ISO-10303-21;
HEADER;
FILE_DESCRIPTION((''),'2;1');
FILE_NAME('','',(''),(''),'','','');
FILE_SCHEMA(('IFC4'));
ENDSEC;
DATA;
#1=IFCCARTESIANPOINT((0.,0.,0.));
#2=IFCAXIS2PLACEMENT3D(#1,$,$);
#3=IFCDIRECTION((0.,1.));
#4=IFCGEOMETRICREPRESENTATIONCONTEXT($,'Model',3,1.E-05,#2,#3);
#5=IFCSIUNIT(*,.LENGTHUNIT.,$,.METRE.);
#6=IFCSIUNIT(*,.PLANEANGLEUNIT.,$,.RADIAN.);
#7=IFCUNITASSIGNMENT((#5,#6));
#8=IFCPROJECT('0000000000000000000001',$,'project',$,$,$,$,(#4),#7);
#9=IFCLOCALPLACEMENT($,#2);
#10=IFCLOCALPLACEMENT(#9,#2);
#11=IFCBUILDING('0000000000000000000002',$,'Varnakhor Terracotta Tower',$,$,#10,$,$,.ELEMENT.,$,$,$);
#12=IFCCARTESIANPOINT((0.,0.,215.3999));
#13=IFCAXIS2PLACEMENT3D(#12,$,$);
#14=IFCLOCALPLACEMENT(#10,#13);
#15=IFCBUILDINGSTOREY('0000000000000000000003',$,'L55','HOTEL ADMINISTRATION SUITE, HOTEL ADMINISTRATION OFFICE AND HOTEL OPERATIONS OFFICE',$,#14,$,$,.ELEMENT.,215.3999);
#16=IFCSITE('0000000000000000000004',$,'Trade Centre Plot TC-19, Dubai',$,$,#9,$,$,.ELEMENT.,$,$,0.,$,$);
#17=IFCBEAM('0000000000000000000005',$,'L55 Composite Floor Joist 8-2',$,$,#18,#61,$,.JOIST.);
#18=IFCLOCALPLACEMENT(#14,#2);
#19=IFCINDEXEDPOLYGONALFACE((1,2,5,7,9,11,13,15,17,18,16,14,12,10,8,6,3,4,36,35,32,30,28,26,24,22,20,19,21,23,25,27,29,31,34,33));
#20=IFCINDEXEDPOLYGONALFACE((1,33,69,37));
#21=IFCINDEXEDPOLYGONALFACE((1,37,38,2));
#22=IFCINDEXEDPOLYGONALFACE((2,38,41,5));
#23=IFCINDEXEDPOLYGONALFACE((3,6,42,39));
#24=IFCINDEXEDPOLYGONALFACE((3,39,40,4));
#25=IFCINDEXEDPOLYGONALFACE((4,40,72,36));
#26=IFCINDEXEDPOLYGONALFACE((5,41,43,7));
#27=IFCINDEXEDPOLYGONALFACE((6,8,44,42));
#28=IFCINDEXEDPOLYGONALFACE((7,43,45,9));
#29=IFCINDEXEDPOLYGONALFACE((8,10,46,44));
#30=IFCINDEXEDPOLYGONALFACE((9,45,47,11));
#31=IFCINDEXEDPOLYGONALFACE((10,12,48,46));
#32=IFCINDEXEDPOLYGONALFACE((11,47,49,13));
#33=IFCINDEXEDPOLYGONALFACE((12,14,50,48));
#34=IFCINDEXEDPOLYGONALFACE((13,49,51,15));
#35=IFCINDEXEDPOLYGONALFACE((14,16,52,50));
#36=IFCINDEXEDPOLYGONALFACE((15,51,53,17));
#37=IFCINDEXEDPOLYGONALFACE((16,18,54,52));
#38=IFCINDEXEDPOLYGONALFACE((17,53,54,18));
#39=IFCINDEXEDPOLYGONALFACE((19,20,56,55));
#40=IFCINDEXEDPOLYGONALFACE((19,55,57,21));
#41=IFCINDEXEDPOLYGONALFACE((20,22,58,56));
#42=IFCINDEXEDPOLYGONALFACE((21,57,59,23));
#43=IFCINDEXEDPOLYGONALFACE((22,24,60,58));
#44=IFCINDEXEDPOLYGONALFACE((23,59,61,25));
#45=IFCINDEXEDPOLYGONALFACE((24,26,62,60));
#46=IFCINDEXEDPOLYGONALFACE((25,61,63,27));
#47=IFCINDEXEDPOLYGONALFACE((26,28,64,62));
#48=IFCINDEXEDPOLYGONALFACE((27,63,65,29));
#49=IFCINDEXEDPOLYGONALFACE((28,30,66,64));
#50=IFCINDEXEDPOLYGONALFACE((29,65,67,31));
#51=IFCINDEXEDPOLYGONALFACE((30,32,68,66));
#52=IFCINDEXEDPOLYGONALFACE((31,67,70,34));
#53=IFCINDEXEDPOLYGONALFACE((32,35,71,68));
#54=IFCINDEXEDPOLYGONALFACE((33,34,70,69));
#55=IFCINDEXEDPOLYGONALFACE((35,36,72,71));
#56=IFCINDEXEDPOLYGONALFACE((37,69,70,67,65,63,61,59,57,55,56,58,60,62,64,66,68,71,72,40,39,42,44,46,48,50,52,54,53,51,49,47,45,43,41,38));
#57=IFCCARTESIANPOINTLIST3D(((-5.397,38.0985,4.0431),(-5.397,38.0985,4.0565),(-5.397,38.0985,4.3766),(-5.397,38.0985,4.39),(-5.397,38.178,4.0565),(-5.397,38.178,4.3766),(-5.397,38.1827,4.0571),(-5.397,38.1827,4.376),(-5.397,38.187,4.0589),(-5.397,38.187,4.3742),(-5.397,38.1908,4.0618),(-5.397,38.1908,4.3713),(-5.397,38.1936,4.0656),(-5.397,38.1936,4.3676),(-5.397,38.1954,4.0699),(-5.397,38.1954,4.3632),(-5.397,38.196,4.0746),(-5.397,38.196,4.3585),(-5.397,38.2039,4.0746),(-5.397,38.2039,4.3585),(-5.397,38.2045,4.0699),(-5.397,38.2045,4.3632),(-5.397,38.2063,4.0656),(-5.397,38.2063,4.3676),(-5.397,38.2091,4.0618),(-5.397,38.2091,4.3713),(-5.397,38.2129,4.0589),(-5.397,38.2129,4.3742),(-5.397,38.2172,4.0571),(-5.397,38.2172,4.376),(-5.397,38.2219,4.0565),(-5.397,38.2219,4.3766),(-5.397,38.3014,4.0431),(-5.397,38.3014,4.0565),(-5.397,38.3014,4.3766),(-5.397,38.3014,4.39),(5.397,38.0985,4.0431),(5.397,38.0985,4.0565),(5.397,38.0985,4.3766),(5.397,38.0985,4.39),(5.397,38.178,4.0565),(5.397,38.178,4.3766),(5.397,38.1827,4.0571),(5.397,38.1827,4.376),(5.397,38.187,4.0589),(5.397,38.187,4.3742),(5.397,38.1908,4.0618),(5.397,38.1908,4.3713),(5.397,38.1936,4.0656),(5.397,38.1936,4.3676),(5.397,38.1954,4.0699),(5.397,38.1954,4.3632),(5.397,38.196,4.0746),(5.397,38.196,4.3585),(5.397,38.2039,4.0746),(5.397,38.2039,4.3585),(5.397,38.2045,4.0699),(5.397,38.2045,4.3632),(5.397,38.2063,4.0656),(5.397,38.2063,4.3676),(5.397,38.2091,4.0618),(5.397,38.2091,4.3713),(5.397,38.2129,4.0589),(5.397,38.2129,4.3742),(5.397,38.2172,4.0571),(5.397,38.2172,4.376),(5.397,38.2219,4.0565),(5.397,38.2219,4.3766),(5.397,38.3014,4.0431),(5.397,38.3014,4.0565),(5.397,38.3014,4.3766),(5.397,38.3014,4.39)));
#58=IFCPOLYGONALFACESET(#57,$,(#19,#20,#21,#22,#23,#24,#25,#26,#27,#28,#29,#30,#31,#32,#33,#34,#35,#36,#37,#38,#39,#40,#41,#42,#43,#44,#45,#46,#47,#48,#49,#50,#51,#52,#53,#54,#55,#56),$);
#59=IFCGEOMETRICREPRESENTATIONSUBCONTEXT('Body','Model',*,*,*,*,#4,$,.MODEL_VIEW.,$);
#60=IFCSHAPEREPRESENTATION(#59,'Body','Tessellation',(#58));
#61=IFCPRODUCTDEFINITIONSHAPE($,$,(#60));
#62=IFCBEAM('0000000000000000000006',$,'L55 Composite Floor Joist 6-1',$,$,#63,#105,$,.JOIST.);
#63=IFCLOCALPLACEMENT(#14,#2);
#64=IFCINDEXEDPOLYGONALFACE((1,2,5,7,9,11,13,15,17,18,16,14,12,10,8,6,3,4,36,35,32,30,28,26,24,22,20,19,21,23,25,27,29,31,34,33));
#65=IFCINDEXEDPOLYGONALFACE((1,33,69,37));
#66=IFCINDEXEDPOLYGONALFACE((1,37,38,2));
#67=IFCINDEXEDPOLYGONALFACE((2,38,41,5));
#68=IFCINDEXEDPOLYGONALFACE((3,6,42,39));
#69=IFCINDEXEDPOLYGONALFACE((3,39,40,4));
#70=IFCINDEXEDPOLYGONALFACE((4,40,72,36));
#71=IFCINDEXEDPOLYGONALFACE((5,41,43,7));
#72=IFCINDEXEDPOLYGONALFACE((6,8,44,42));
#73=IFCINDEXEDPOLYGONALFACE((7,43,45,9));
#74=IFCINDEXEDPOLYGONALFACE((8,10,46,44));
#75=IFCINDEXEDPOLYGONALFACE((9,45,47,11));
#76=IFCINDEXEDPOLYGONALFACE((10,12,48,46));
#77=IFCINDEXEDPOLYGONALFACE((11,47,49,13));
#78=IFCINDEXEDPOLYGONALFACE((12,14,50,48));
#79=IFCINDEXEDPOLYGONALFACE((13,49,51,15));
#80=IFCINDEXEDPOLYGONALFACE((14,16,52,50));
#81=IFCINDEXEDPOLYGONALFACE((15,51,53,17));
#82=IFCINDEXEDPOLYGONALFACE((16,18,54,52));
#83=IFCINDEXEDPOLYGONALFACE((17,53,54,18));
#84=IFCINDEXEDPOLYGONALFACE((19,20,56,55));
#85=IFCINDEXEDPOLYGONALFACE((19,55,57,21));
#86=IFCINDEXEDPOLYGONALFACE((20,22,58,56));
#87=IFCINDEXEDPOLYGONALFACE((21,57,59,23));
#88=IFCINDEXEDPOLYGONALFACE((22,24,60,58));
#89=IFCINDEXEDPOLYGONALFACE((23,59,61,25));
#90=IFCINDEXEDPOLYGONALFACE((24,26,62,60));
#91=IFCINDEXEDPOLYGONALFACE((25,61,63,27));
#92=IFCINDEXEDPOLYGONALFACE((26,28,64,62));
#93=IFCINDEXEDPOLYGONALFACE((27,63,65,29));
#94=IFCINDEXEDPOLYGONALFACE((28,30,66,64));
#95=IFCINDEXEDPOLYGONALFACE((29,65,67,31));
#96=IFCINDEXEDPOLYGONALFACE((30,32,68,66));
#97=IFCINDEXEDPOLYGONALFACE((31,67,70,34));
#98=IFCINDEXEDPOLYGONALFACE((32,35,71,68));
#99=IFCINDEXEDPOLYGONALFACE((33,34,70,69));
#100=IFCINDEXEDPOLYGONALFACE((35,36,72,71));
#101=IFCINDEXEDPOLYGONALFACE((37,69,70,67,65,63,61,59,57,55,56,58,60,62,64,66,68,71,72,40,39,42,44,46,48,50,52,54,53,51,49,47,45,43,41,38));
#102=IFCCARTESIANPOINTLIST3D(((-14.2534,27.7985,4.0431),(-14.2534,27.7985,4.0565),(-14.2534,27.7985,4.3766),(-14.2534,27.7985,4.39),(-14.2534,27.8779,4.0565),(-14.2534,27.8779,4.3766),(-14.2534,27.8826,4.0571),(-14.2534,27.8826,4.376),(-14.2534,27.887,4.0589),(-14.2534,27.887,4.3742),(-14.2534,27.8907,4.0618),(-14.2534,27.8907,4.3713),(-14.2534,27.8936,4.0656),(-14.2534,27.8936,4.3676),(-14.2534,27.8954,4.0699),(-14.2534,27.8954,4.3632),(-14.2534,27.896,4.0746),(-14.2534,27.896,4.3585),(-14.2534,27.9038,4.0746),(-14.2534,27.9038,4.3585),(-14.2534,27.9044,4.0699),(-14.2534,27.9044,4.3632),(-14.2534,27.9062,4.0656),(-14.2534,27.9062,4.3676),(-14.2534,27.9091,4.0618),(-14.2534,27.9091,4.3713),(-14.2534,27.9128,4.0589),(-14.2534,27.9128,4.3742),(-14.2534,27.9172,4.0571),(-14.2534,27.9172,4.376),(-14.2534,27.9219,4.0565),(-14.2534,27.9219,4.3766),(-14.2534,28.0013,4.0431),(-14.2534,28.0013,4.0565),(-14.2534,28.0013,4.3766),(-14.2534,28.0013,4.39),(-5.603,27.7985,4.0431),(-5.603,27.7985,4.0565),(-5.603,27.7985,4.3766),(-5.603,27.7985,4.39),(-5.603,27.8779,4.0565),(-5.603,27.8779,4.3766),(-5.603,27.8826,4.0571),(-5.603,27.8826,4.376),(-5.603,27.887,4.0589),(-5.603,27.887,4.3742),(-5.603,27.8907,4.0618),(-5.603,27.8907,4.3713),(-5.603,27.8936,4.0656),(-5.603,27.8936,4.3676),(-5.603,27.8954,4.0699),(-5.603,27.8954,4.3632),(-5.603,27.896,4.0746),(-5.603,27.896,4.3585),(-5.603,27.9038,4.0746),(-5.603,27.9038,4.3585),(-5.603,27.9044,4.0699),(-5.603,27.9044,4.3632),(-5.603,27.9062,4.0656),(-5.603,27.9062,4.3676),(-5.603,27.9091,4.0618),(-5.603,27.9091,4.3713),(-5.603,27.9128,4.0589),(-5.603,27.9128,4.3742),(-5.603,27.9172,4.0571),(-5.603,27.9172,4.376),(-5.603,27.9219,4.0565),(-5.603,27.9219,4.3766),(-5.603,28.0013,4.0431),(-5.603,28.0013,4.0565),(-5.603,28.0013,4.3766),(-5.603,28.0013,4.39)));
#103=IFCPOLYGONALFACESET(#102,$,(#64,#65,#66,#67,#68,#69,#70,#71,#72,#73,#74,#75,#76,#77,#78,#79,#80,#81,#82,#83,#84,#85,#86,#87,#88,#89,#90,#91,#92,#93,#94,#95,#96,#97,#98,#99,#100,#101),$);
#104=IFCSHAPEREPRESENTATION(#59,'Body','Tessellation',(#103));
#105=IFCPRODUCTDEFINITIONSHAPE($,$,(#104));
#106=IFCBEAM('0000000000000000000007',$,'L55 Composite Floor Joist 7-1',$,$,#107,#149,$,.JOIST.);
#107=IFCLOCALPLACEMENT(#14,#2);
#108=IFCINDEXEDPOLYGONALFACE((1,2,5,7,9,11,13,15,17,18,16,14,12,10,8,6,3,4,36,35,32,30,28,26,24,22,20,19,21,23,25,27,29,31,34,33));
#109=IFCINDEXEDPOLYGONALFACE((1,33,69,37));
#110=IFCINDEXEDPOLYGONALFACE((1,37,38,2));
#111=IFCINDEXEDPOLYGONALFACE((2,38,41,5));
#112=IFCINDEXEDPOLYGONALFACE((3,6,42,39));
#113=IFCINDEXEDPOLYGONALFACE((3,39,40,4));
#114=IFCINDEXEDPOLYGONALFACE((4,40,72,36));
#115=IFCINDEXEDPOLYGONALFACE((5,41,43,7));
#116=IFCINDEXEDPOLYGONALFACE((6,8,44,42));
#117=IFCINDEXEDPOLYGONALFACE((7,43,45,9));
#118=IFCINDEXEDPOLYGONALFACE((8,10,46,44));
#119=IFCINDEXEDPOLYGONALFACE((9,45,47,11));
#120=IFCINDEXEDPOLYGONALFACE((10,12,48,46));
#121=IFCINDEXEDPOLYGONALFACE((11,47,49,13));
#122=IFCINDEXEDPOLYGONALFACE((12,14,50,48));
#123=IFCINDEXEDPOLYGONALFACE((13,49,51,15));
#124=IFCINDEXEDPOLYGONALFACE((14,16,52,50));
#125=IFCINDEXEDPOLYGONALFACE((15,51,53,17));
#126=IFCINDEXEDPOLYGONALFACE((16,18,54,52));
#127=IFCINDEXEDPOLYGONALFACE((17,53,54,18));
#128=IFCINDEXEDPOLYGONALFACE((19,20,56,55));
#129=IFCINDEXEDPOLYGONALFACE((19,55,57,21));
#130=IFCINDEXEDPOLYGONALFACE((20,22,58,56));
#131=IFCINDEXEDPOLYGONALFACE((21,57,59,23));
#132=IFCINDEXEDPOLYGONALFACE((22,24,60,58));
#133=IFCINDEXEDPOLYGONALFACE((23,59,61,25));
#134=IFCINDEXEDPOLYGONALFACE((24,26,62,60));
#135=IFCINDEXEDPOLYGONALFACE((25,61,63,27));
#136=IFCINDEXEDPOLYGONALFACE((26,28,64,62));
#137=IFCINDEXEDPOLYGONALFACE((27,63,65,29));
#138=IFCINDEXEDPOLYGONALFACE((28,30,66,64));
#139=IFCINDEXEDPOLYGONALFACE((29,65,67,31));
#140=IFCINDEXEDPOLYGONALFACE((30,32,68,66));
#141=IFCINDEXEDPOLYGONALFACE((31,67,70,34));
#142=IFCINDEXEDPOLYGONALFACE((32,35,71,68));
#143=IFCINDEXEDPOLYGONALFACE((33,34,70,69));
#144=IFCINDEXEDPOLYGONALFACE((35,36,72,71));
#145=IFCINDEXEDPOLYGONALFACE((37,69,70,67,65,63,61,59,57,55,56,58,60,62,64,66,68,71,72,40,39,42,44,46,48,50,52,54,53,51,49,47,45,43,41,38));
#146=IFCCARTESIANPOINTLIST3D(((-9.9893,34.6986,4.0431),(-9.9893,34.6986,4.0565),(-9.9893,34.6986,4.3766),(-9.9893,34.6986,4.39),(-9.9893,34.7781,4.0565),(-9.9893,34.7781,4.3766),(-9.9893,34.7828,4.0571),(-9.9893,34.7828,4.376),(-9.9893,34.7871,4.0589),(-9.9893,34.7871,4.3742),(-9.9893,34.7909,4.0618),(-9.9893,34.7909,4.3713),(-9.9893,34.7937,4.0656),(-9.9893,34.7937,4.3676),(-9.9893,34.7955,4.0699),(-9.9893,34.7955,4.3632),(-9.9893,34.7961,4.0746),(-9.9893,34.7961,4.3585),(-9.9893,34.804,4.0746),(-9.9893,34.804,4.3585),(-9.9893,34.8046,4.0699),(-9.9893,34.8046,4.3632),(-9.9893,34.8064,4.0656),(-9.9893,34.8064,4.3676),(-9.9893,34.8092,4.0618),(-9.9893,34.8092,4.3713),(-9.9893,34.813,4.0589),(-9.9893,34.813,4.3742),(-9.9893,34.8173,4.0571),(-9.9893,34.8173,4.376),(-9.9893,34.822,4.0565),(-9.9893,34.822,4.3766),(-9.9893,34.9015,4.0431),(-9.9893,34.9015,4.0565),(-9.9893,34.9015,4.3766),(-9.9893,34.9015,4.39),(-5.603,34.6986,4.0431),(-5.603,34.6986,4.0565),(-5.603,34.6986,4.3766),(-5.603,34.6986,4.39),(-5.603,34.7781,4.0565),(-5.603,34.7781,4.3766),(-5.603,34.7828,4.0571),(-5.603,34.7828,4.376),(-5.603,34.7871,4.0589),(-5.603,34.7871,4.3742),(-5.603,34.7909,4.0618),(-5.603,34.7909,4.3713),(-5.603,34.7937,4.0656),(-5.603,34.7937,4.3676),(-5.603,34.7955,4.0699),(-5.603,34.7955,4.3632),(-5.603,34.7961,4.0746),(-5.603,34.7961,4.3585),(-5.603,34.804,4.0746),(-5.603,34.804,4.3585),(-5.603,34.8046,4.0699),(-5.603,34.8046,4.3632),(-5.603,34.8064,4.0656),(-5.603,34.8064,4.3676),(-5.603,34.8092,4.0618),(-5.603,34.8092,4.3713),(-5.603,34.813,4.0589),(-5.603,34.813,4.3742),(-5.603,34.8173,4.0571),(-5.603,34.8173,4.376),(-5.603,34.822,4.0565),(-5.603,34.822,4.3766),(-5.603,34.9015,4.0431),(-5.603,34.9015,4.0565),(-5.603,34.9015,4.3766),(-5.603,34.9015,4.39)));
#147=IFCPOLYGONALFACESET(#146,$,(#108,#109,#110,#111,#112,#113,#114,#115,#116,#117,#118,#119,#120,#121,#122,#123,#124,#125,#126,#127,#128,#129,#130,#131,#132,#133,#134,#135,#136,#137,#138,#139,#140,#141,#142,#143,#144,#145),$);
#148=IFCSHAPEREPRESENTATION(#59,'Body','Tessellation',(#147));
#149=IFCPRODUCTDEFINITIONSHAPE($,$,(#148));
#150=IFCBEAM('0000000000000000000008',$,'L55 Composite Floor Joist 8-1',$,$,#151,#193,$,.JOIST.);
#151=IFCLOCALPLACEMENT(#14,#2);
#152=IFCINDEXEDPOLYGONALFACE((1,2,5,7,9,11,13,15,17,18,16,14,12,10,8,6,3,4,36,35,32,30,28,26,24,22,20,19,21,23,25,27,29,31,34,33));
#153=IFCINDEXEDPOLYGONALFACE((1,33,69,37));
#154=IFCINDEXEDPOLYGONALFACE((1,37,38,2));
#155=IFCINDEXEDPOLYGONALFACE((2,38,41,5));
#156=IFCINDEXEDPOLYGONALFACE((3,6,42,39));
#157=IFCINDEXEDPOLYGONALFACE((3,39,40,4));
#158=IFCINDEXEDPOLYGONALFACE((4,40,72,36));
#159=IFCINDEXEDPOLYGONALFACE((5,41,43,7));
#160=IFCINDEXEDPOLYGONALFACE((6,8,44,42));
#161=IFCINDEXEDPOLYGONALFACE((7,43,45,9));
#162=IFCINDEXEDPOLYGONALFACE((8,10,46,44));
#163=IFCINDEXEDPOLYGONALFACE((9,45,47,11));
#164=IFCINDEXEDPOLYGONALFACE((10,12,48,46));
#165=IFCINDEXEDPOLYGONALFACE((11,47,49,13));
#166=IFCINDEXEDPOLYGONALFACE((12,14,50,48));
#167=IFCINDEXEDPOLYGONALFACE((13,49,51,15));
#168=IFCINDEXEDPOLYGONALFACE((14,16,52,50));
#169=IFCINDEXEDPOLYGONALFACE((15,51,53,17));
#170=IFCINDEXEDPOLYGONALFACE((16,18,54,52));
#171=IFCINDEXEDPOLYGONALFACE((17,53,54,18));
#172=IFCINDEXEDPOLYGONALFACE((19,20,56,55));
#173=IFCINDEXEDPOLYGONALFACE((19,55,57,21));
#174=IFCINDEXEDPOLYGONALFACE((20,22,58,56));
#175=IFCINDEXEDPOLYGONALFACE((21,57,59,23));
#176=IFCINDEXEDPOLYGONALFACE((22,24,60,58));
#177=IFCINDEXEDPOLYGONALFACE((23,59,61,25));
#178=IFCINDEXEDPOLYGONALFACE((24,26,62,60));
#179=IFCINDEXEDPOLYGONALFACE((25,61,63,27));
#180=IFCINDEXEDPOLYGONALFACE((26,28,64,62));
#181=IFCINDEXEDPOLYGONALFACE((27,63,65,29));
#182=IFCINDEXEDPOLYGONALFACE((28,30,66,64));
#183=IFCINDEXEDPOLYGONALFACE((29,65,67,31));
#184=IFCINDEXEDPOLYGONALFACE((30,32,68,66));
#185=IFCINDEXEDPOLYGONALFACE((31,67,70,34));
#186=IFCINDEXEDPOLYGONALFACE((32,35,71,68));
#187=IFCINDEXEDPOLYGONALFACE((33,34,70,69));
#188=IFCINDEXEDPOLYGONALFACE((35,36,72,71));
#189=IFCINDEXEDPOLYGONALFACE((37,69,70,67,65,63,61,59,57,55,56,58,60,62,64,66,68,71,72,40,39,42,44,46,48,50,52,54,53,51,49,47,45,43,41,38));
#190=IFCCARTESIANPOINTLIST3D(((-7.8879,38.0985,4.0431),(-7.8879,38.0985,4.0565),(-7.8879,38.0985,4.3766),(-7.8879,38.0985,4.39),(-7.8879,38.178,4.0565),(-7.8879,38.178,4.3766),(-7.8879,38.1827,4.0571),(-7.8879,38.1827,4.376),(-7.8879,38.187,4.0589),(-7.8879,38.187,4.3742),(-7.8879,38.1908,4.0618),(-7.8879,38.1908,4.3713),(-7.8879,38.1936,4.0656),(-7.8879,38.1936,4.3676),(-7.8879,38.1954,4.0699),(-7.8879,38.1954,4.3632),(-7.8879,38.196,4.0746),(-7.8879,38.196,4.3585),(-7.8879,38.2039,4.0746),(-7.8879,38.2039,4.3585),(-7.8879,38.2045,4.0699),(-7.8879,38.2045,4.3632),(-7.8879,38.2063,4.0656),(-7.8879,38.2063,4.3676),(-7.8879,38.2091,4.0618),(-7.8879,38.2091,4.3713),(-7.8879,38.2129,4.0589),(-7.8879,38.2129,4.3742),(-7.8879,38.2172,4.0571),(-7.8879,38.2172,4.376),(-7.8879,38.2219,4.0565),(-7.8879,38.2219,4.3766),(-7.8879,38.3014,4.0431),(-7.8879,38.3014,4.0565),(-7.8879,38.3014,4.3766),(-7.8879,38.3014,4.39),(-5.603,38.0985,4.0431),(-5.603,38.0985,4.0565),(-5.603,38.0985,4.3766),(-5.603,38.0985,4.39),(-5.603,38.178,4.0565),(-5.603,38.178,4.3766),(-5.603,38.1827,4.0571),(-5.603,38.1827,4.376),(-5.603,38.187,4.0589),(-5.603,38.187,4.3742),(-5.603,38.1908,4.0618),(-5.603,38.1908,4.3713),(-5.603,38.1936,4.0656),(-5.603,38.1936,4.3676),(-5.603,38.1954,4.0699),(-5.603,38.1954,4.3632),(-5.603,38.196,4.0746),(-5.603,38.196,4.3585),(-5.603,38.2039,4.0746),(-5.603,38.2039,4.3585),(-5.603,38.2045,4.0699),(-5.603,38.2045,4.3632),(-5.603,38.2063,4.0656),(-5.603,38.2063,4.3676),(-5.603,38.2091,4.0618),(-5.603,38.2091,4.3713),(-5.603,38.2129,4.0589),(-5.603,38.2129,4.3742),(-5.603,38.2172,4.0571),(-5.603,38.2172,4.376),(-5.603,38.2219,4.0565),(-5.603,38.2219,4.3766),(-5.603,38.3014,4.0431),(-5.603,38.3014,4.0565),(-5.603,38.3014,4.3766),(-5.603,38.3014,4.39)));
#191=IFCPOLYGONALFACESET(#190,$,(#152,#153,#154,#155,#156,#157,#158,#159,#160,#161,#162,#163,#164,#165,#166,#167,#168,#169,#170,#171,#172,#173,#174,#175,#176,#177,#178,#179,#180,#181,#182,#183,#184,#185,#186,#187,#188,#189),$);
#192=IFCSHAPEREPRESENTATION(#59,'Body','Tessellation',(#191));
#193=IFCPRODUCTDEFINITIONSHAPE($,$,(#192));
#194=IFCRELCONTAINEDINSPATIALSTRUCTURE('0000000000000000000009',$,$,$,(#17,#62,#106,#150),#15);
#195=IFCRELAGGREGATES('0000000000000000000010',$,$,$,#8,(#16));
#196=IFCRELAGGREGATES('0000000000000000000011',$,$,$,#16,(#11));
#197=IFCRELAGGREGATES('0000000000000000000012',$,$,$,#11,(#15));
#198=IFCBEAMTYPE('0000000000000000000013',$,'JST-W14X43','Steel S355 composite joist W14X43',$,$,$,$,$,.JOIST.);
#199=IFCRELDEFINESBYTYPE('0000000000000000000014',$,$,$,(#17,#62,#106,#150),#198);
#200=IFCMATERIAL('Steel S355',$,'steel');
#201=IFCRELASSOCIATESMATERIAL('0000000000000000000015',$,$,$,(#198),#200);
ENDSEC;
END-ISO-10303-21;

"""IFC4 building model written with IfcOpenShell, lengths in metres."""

from ifc_helpers import new_model, si_unit, direction, frame, origin, origin_2d, place, context, subcontext, project, spatial, i_section, extrude, source, transform, mapped, material, material_profile, profile_set, type_object, element, save


model = new_model("IFC4")

# Units and contexts
model_context = context("Model", 3, precision=1e-05, world=origin(), true_north=direction((0.0, 1.0)))
body_context = subcontext(model_context, "Body", "Model", "MODEL_VIEW")
ifc_project = project(units=[si_unit("LENGTHUNIT", "METRE"), si_unit("PLANEANGLEUNIT", "RADIAN")], contexts=[model_context])

# Site, building, storey
site_placement = place(None, origin())
site = spatial("IfcSite", under=ifc_project, at=site_placement, Name="Trade Centre Plot TC-19, Dubai", CompositionType="ELEMENT", RefElevation=0.0)
building_placement = place(site_placement, origin())
building = spatial("IfcBuilding", under=site, at=building_placement, Name="Varnakhor Terracotta Tower", CompositionType="ELEMENT")
storey_placement = place(building_placement, frame((0.0, 0.0, 215.3999)))
storey = spatial("IfcBuildingStorey", under=building, at=storey_placement, Name="L55", Description="HOTEL ADMINISTRATION SUITE, HOTEL ADMINISTRATION OFFICE AND HOTEL OPERATIONS OFFICE", CompositionType="ELEMENT", Elevation=215.3999)

# Beams
ifc_material_1 = material(Name="Steel S355", Category="steel")
ifc_material_profile_1 = material_profile(ifc_material_1, i_section(OverallWidth=0.2029, OverallDepth=0.3469, WebThickness=0.0078, FlangeThickness=0.0134, FilletRadius=0.0181, at=origin_2d()), Name="W14X43")
ifc_profile_set_1 = profile_set([ifc_material_profile_1], Name="Steel S355")
beam_type_1 = type_object("IfcBeamType", Name="JST-W14X43", Description="Steel S355 composite joist W14X43", PredefinedType="JOIST", material=ifc_profile_set_1)
shared_shape_1 = source(origin(), body_context, "Body", "SweptSolid", [
    extrude(i_section(OverallWidth=0.2029, OverallDepth=0.3469, WebThickness=0.0078, FlangeThickness=0.0134, FilletRadius=0.0181, at=origin_2d()), origin(), (0.0, 0.0, 1.0), 10.7939),
])
for number, where, z_axis, x_axis, name in (
    (1, (-5.397, 38.2, 4.2166), (1.0, 0.0, 0.0), (0.0, 1.0, 0.0), "L55 Composite Floor Joist 8-2"),
):
    element("IfcBeam", number, at=place(storey_placement, frame(where, z_axis=z_axis, x_axis=x_axis)), inside=storey, type_object=beam_type_1, Name=name, PredefinedType="JOIST", context=body_context, shape_type="MappedRepresentation", body=[
        mapped(shared_shape_1, transform((0.0, 0.0, 0.0), scale=1.0)),
    ])
shared_shape_2 = source(origin(), body_context, "Body", "SweptSolid", [
    extrude(i_section(OverallWidth=0.2029, OverallDepth=0.3469, WebThickness=0.0078, FlangeThickness=0.0134, FilletRadius=0.0181, at=origin_2d()), origin(), (0.0, 0.0, 1.0), 8.6504),
])
beam_1_placement = place(storey_placement, frame((-14.2534, 27.8999, 4.2166), z_axis=(1.0, 0.0, 0.0), x_axis=(0.0, 1.0, 0.0)))
element("IfcBeam", 2, at=beam_1_placement, inside=storey, type_object=beam_type_1, Name="L55 Composite Floor Joist 6-1", PredefinedType="JOIST", context=body_context, shape_type="MappedRepresentation", body=[
    mapped(shared_shape_2, transform((0.0, 0.0, 0.0), scale=1.0)),
])
shared_shape_3 = source(origin(), body_context, "Body", "SweptSolid", [
    extrude(i_section(OverallWidth=0.2029, OverallDepth=0.3469, WebThickness=0.0078, FlangeThickness=0.0134, FilletRadius=0.0181, at=origin_2d()), origin(), (0.0, 0.0, 1.0), 4.3862),
])
beam_2_placement = place(storey_placement, frame((-9.9893, 34.8, 4.2166), z_axis=(1.0, 0.0, 0.0), x_axis=(0.0, 1.0, 0.0)))
element("IfcBeam", 3, at=beam_2_placement, inside=storey, type_object=beam_type_1, Name="L55 Composite Floor Joist 7-1", PredefinedType="JOIST", context=body_context, shape_type="MappedRepresentation", body=[
    mapped(shared_shape_3, transform((0.0, 0.0, 0.0), scale=1.0)),
])
shared_shape_4 = source(origin(), body_context, "Body", "SweptSolid", [
    extrude(i_section(OverallWidth=0.2029, OverallDepth=0.3469, WebThickness=0.0078, FlangeThickness=0.0134, FilletRadius=0.0181, at=origin_2d()), origin(), (0.0, 0.0, 1.0), 2.2849),
])
beam_3_placement = place(storey_placement, frame((-7.8879, 38.2, 4.2166), z_axis=(1.0, 0.0, 0.0), x_axis=(0.0, 1.0, 0.0)))
element("IfcBeam", 4, at=beam_3_placement, inside=storey, type_object=beam_type_1, Name="L55 Composite Floor Joist 8-1", PredefinedType="JOIST", context=body_context, shape_type="MappedRepresentation", body=[
    mapped(shared_shape_4, transform((0.0, 0.0, 0.0), scale=1.0)),
])

save(model, "model.ifc")
